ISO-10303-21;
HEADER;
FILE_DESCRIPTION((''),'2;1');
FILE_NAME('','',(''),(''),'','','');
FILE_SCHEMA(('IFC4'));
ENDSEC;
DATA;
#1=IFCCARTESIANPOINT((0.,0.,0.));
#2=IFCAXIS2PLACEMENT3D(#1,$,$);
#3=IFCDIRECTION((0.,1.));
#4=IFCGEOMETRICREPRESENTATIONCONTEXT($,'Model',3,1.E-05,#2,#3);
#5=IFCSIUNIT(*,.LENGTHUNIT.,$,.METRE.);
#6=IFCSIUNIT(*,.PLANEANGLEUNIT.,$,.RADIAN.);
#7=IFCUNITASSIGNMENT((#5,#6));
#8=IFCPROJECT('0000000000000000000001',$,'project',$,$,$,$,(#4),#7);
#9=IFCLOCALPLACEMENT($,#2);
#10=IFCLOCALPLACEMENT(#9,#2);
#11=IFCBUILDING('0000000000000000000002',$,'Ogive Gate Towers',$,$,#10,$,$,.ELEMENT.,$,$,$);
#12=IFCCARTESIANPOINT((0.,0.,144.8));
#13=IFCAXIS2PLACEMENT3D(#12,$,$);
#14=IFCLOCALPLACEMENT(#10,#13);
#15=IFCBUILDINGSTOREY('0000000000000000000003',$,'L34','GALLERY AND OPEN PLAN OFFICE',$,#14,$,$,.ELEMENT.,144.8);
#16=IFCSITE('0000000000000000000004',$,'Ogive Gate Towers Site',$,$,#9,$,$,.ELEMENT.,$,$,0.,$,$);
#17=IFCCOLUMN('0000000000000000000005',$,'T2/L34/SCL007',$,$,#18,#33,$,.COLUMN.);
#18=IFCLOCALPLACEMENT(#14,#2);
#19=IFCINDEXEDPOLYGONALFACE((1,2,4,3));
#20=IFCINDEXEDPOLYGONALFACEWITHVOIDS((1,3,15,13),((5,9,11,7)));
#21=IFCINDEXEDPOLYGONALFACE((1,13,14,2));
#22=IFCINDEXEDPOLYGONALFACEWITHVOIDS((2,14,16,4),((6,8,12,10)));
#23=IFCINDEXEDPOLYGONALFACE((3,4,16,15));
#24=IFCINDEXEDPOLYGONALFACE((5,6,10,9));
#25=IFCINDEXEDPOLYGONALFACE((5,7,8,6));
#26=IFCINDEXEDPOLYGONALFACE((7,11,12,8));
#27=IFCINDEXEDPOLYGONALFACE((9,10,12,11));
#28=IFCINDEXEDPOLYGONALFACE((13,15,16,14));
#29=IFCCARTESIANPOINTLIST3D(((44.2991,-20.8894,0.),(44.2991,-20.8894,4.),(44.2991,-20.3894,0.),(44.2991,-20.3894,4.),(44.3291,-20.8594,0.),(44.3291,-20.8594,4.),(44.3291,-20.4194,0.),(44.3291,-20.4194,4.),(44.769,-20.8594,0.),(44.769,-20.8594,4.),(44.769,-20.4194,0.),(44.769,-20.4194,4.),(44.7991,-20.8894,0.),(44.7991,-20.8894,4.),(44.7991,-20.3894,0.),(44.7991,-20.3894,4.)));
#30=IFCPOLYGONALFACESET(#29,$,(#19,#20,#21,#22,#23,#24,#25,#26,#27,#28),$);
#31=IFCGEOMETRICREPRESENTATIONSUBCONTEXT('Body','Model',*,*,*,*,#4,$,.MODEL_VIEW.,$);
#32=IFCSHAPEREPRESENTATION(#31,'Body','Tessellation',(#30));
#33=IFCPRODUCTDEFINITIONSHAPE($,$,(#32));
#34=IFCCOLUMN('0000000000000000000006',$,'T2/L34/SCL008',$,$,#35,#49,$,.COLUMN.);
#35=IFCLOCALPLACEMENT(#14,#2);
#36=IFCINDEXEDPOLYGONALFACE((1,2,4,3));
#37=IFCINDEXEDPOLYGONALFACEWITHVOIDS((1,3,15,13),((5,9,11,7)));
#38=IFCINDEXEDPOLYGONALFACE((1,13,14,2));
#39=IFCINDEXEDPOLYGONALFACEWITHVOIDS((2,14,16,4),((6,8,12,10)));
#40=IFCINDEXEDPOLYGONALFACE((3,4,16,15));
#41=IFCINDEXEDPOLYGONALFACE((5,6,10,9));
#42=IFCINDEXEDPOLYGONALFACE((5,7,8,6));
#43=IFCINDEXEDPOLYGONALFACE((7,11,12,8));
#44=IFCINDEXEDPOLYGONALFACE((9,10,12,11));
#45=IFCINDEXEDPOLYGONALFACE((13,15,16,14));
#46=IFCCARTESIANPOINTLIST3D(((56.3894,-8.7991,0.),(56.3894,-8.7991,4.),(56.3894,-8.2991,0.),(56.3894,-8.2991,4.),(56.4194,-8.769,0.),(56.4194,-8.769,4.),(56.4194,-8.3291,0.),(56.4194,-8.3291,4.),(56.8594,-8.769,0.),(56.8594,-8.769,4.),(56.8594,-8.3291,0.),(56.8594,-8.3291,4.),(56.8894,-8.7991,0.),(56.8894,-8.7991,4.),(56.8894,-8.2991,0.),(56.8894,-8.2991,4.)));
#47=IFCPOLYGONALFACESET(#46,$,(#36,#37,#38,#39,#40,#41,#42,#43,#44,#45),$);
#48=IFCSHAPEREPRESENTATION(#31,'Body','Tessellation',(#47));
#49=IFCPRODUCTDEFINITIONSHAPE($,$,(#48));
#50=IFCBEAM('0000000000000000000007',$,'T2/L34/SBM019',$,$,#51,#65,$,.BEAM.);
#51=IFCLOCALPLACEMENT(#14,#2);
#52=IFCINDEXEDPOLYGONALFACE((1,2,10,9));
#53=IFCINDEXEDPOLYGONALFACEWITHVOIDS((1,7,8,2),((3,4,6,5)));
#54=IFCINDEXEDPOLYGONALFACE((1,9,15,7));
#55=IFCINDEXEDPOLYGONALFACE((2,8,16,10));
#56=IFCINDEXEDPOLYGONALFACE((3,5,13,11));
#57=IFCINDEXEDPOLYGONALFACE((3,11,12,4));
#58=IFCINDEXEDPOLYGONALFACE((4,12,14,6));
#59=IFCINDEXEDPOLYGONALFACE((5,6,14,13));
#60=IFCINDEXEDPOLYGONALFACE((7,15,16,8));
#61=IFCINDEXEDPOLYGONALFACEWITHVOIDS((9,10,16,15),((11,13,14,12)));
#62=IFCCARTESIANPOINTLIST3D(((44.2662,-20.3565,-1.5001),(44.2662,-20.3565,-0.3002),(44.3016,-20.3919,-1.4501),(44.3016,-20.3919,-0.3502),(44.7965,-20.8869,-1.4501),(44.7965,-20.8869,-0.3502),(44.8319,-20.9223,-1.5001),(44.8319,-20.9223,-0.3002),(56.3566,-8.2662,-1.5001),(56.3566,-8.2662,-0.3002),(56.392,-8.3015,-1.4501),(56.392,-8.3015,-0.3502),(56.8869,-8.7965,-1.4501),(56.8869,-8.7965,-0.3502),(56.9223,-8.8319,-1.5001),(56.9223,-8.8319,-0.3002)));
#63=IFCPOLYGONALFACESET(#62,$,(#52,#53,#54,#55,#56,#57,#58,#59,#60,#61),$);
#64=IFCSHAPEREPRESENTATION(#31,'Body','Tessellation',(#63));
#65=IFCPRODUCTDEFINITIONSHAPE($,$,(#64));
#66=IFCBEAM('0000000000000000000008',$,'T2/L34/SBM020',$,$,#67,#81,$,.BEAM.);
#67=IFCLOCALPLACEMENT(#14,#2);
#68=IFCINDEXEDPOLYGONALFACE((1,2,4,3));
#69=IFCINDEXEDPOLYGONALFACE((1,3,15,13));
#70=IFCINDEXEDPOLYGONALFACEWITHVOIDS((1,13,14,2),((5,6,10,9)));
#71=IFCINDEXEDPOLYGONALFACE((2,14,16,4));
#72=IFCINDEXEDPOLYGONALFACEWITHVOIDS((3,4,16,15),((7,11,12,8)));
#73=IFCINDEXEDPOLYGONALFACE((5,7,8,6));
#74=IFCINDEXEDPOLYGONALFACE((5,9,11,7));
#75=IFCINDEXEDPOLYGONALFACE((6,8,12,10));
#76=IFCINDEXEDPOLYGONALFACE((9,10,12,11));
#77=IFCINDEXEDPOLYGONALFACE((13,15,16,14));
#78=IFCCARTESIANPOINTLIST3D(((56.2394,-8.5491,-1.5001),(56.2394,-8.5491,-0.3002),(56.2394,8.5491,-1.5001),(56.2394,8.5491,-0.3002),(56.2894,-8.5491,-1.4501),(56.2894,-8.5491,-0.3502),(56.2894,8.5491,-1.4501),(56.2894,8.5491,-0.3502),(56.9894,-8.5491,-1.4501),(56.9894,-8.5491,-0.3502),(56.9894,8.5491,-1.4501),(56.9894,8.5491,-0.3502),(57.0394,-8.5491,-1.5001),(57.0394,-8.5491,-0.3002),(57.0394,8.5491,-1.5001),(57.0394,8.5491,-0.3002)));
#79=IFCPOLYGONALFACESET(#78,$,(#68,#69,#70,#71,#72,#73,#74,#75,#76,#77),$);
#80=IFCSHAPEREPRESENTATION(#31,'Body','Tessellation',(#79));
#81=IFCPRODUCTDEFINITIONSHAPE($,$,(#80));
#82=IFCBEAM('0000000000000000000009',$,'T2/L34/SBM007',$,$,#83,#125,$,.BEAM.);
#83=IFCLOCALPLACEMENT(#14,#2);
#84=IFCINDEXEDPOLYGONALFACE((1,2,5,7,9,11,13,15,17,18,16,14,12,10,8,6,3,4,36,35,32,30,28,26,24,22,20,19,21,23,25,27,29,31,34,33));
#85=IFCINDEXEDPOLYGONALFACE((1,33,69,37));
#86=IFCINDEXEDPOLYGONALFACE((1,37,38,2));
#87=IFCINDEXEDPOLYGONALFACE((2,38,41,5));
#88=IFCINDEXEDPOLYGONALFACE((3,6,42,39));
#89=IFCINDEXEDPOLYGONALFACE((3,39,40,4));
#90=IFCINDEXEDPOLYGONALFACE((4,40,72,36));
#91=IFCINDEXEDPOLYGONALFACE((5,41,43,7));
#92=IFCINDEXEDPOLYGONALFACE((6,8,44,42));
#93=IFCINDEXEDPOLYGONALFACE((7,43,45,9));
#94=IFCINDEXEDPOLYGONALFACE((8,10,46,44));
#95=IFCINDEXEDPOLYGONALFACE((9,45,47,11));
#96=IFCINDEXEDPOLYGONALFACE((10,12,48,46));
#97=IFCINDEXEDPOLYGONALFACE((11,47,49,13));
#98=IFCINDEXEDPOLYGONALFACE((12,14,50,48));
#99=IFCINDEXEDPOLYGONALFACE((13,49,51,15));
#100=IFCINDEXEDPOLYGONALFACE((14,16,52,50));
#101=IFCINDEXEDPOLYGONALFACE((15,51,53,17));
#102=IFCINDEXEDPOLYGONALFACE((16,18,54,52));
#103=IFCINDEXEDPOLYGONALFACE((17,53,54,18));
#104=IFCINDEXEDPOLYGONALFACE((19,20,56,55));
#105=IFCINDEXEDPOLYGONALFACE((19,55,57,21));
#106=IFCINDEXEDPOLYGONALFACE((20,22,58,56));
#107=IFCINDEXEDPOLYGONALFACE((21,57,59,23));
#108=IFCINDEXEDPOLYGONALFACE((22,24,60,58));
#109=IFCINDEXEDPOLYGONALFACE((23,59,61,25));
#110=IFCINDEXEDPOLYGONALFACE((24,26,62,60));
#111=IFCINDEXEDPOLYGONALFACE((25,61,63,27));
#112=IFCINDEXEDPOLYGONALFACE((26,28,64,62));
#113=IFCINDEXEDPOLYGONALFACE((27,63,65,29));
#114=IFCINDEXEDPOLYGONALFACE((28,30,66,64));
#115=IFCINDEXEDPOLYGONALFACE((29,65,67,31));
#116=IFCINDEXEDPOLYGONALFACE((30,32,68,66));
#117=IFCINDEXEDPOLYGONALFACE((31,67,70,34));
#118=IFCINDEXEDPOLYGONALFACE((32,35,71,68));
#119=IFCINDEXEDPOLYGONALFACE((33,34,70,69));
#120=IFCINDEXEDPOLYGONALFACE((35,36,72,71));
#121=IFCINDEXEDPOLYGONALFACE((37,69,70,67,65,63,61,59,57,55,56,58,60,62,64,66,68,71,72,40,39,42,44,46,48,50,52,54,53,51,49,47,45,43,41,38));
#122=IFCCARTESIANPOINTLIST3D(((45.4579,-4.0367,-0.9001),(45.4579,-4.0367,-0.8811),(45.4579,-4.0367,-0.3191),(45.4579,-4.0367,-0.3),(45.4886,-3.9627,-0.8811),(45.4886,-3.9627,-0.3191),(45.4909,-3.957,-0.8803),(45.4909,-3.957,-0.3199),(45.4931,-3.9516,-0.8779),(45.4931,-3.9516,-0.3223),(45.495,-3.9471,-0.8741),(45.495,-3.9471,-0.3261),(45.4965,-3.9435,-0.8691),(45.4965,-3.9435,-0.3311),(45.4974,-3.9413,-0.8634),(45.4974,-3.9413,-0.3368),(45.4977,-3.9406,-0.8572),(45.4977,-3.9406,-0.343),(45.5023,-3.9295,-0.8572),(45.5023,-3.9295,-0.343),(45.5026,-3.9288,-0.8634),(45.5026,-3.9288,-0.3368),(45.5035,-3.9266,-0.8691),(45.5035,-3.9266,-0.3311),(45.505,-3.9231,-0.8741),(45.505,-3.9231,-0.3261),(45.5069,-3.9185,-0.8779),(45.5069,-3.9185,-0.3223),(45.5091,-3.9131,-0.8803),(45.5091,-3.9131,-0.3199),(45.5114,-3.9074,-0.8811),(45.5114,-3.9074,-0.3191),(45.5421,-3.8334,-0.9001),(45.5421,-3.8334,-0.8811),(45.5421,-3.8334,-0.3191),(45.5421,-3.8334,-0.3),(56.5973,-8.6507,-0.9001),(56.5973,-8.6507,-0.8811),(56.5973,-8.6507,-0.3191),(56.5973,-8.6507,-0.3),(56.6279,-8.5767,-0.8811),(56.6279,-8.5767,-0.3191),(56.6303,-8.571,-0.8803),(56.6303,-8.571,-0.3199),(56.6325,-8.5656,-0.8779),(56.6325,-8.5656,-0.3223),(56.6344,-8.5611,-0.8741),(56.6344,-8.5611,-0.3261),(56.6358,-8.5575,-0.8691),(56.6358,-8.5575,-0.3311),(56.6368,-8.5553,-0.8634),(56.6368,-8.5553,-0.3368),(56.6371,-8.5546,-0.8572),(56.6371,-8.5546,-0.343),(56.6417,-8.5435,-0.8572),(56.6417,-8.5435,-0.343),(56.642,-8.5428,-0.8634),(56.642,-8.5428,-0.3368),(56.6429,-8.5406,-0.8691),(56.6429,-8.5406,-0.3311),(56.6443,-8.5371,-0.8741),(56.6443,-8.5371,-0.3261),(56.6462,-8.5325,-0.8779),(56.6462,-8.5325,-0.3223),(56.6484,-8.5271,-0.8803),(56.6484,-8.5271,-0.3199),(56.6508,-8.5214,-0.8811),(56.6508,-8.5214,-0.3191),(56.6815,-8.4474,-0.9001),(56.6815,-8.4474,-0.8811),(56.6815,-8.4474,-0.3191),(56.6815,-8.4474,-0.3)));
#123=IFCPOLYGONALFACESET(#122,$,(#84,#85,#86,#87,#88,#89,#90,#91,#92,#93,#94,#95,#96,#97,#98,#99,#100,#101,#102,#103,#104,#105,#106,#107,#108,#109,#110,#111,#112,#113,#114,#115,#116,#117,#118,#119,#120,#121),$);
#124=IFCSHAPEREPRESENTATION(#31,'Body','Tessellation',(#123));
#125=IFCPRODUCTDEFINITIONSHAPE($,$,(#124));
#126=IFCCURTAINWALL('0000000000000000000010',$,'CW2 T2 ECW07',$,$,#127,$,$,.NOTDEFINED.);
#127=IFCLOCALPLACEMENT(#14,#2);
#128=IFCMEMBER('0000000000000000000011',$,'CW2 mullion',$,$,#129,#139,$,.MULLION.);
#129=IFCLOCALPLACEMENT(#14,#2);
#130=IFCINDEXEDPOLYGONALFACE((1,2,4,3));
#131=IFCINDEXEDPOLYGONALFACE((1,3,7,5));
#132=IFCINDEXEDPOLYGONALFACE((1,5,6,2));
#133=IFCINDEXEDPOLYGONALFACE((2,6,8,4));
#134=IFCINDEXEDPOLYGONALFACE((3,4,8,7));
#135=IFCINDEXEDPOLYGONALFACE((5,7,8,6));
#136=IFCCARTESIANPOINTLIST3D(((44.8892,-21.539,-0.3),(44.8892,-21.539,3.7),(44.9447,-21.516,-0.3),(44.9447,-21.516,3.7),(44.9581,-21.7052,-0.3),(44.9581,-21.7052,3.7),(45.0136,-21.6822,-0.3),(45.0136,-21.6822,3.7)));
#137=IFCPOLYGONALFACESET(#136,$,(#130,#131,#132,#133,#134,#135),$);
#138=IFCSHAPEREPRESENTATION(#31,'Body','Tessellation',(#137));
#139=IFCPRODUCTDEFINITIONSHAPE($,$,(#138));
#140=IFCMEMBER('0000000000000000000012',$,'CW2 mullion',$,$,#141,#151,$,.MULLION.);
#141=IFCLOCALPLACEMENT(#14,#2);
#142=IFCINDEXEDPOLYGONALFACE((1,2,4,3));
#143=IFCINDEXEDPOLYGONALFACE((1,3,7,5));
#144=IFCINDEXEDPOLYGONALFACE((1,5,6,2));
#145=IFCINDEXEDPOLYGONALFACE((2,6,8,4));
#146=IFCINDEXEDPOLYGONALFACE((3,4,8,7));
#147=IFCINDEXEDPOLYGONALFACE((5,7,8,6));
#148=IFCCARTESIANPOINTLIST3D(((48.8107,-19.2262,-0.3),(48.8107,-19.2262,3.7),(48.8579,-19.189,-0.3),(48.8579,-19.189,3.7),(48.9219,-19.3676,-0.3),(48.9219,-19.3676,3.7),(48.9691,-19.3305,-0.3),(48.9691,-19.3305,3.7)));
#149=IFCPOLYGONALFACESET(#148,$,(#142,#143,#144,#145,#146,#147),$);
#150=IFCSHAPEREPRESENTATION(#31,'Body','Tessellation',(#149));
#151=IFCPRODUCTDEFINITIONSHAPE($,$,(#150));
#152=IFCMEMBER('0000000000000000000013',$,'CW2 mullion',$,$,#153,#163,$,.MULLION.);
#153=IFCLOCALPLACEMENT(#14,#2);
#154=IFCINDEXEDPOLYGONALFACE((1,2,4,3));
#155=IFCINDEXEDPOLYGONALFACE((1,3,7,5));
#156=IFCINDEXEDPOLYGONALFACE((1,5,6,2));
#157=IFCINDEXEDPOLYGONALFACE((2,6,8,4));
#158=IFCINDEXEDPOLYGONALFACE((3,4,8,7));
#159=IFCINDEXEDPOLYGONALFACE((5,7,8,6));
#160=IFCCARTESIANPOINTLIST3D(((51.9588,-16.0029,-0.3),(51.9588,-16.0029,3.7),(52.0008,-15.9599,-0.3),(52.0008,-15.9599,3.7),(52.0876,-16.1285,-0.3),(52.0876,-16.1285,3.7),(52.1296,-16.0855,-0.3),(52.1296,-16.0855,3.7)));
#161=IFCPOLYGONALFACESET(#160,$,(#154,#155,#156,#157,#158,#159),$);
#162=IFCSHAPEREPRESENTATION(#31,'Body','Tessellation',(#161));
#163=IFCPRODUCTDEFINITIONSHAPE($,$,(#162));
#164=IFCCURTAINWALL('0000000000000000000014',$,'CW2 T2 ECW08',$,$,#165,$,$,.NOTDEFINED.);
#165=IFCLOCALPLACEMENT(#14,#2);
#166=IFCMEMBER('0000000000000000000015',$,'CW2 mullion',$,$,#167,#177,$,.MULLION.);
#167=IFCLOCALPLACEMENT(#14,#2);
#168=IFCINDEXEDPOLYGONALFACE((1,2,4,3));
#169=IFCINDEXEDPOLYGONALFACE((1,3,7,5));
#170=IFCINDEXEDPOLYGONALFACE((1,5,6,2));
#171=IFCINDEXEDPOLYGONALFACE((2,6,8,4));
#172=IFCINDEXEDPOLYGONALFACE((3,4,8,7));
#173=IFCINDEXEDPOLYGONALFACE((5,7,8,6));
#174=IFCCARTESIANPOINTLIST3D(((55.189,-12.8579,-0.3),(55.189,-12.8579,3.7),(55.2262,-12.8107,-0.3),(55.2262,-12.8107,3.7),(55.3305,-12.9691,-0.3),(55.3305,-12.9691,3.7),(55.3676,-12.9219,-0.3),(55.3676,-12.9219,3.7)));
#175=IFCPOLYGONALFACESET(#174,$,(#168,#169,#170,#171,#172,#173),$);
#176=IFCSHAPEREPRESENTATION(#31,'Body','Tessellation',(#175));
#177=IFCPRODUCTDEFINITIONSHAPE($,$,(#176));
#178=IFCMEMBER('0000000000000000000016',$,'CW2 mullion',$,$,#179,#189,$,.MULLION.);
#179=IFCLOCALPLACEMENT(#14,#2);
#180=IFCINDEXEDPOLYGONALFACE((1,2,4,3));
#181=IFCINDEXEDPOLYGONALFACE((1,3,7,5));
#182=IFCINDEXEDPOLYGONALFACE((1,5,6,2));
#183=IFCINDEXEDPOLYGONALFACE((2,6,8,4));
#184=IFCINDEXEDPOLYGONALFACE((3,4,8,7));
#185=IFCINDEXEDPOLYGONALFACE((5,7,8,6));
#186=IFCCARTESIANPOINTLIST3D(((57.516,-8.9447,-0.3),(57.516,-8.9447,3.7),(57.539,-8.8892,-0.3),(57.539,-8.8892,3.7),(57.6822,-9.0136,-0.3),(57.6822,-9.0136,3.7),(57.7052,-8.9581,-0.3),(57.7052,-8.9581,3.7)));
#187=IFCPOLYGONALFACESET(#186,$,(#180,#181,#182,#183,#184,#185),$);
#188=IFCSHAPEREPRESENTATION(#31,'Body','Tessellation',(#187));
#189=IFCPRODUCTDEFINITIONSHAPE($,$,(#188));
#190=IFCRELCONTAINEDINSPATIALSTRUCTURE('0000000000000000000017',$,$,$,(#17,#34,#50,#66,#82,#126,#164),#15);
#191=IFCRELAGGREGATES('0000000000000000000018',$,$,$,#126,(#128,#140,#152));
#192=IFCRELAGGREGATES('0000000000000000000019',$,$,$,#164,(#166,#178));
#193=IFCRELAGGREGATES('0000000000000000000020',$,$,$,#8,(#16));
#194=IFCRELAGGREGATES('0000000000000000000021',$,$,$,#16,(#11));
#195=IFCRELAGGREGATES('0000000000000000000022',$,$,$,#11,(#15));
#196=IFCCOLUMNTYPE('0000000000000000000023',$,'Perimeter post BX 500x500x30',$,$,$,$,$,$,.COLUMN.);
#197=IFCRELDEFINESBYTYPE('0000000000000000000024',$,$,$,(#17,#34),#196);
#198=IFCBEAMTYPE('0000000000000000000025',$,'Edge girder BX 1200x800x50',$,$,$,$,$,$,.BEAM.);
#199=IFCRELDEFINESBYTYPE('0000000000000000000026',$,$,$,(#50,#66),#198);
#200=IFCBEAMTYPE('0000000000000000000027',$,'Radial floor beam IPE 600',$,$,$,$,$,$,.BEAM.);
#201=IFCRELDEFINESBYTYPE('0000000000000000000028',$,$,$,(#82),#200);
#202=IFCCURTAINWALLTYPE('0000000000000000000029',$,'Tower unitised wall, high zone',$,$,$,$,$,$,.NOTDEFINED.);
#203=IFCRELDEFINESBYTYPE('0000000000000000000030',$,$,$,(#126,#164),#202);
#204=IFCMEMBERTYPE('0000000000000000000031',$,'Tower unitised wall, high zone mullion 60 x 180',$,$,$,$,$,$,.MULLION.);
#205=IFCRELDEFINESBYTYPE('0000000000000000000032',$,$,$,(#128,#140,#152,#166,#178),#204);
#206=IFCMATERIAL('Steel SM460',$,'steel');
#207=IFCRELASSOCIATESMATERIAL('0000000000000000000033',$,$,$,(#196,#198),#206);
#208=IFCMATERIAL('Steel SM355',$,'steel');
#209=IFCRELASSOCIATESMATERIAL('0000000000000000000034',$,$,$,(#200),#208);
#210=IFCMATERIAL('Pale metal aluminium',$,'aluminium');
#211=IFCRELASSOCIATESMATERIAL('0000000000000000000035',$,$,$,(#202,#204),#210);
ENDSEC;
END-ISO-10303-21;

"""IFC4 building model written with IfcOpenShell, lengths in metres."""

from ifc_helpers import new_model, si_unit, direction, frame, origin, origin_2d, place, context, subcontext, project, spatial, rectangle, hollow_rectangle, i_section, extrude, material, material_profile, profile_set, type_object, element, aggregate, save


model = new_model("IFC4")

# Units and contexts
model_context = context("Model", 3, precision=1e-05, world=origin(), true_north=direction((0.0, 1.0)))
body_context = subcontext(model_context, "Body", "Model", "MODEL_VIEW")
ifc_project = project(units=[si_unit("LENGTHUNIT", "METRE"), si_unit("PLANEANGLEUNIT", "RADIAN")], contexts=[model_context])

# Site, building, storey
site_placement = place(None, origin())
site = spatial("IfcSite", under=ifc_project, at=site_placement, Name="Ogive Gate Towers Site", CompositionType="ELEMENT", RefElevation=0.0)
building_placement = place(site_placement, origin())
building = spatial("IfcBuilding", under=site, at=building_placement, Name="Ogive Gate Towers", CompositionType="ELEMENT")
storey_placement = place(building_placement, frame((0.0, 0.0, 144.8)))
storey = spatial("IfcBuildingStorey", under=building, at=storey_placement, Name="L34", Description="GALLERY AND OPEN PLAN OFFICE", CompositionType="ELEMENT", Elevation=144.8)

# Columns
ifc_material_1 = material(Name="Steel SM460", Category="steel")
ifc_material_profile_1 = material_profile(ifc_material_1, hollow_rectangle(XDim=0.5, YDim=0.5, WallThickness=0.03, at=origin_2d()), Name="BX 500x500x30")
ifc_profile_set_1 = profile_set([ifc_material_profile_1], Name="Steel SM460")
column_type = type_object("IfcColumnType", Name="Perimeter post BX 500x500x30", PredefinedType="COLUMN", material=ifc_profile_set_1)
for number, where, z_axis, x_axis, name in (
    (1, (44.5491, -20.6394, 0.0), (0.0, 0.0, 1.0), (1.0, 0.0, 0.0), "T2/L34/SCL007"),
    (2, (56.6394, -8.5491, 0.0), (0.0, 0.0, 1.0), (1.0, 0.0, 0.0), "T2/L34/SCL008"),
):
    element("IfcColumn", number, at=place(storey_placement, frame(where, z_axis=z_axis, x_axis=x_axis)), inside=storey, type_object=column_type, Name=name, PredefinedType="COLUMN", context=body_context, shape_type="SweptSolid", body=[
        extrude(hollow_rectangle(XDim=0.5, YDim=0.5, WallThickness=0.03, at=origin_2d()), origin(), (0.0, 0.0, 1.0), 4.0),
    ])

# Beams
ifc_material_profile_2 = material_profile(ifc_material_1, hollow_rectangle(XDim=0.8, YDim=1.2, WallThickness=0.05, at=origin_2d()), Name="BX 1200x800x50")
ifc_profile_set_2 = profile_set([ifc_material_profile_2], Name="Steel SM460")
beam_type_1 = type_object("IfcBeamType", Name="Edge girder BX 1200x800x50", PredefinedType="BEAM", material=ifc_profile_set_2)
beam_1_placement = place(storey_placement, frame((44.5491, -20.6394, -0.9001), z_axis=(0.707107, 0.707107, 0.0), x_axis=(-0.707107, 0.707107, 0.0)))
element("IfcBeam", 3, at=beam_1_placement, inside=storey, type_object=beam_type_1, Name="T2/L34/SBM019", PredefinedType="BEAM", context=body_context, shape_type="SweptSolid", body=[
    extrude(hollow_rectangle(XDim=0.8, YDim=1.2, WallThickness=0.05, at=origin_2d()), origin(), (0.0, 0.0, 1.0), 17.0984),
])
beam_2_placement = place(storey_placement, frame((56.6394, -8.5491, -0.9001), z_axis=(0.0, 1.0, 0.0), x_axis=(-1.0, 0.0, 0.0)))
element("IfcBeam", 4, at=beam_2_placement, inside=storey, type_object=beam_type_1, Name="T2/L34/SBM020", PredefinedType="BEAM", context=body_context, shape_type="SweptSolid", body=[
    extrude(hollow_rectangle(XDim=0.8, YDim=1.2, WallThickness=0.05, at=origin_2d()), origin(), (0.0, 0.0, 1.0), 17.0981),
])
ifc_material_2 = material(Name="Steel SM355", Category="steel")
ifc_material_profile_3 = material_profile(ifc_material_2, i_section(OverallWidth=0.22, OverallDepth=0.6001, WebThickness=0.012, FlangeThickness=0.019, FilletRadius=0.0239, at=origin_2d()), Name="IPE 600")
ifc_profile_set_3 = profile_set([ifc_material_profile_3], Name="Steel SM355")
beam_type_2 = type_object("IfcBeamType", Name="Radial floor beam IPE 600", PredefinedType="BEAM", material=ifc_profile_set_3)
beam_3_placement = place(storey_placement, frame((45.5, -3.9351, -0.6001), z_axis=(0.923882, -0.382678, 0.0), x_axis=(0.382678, 0.923882, 0.0)))
element("IfcBeam", 5, at=beam_3_placement, inside=storey, type_object=beam_type_2, Name="T2/L34/SBM007", PredefinedType="BEAM", context=body_context, shape_type="SweptSolid", body=[
    extrude(i_section(OverallWidth=0.22, OverallDepth=0.6001, WebThickness=0.012, FlangeThickness=0.019, FilletRadius=0.0239, at=origin_2d()), origin(), (0.0, 0.0, 1.0), 12.0571),
])

# Curtain walls, members
ifc_material_3 = material(Name="Pale metal aluminium", Category="aluminium")
curtain_wall_type = type_object("IfcCurtainWallType", Name="Tower unitised wall, high zone", PredefinedType="NOTDEFINED", material=ifc_material_3)
curtain_wall_1_placement = place(storey_placement, origin())
curtain_wall_1 = element("IfcCurtainWall", 6, at=curtain_wall_1_placement, inside=storey, type_object=curtain_wall_type, Name="CW2 T2 ECW07", PredefinedType="NOTDEFINED")
ifc_material_profile_4 = material_profile(ifc_material_3, rectangle(XDim=0.1799, YDim=0.0601, at=origin_2d()), Name="60 x 180 aluminium box")
ifc_profile_set_4 = profile_set([ifc_material_profile_4], Name="Pale metal aluminium")
member_type_1 = type_object("IfcMemberType", Name="Tower unitised wall, high zone mullion 60 x 180", PredefinedType="MULLION", material=ifc_profile_set_4)
member_1_placement = place(storey_placement, frame((44.9514, -21.6106, -0.3), z_axis=(0.0, 0.0, 1.0), x_axis=(0.382683, -0.92388, 0.0)))
member_1 = element("IfcMember", 7, at=member_1_placement, type_object=member_type_1, Name="CW2 mullion", PredefinedType="MULLION", context=body_context, shape_type="SweptSolid", body=[
    extrude(rectangle(XDim=0.1799, YDim=0.0601, at=origin_2d()), origin(), (0.0, 0.0, 1.0), 4.0),
])
member_2_placement = place(storey_placement, frame((48.8899, -19.2783, -0.3), z_axis=(0.0, 0.0, 1.0), x_axis=(0.618038, -0.786148, 0.0)))
member_2 = element("IfcMember", 8, at=member_2_placement, type_object=member_type_1, Name="CW2 mullion", PredefinedType="MULLION", context=body_context, shape_type="SweptSolid", body=[
    extrude(rectangle(XDim=0.1799, YDim=0.0601, at=origin_2d()), origin(), (0.0, 0.0, 1.0), 4.0),
])
member_3_placement = place(storey_placement, frame((52.0442, -16.0442, -0.3), z_axis=(0.0, 0.0, 1.0), x_axis=(0.715863, -0.69824, 0.0)))
member_3 = element("IfcMember", 9, at=member_3_placement, type_object=member_type_1, Name="CW2 mullion", PredefinedType="MULLION", context=body_context, shape_type="SweptSolid", body=[
    extrude(rectangle(XDim=0.1799, YDim=0.0601, at=origin_2d()), origin(), (0.0, 0.0, 1.0), 4.0),
])
curtain_wall_2_placement = place(storey_placement, origin())
curtain_wall_2 = element("IfcCurtainWall", 10, at=curtain_wall_2_placement, inside=storey, type_object=curtain_wall_type, Name="CW2 T2 ECW08", PredefinedType="NOTDEFINED")
member_4_placement = place(storey_placement, frame((55.2783, -12.8899, -0.3), z_axis=(0.0, 0.0, 1.0), x_axis=(0.786148, -0.618038, 0.0)))
member_4 = element("IfcMember", 11, at=member_4_placement, type_object=member_type_1, Name="CW2 mullion", PredefinedType="MULLION", context=body_context, shape_type="SweptSolid", body=[
    extrude(rectangle(XDim=0.1799, YDim=0.0601, at=origin_2d()), origin(), (0.0, 0.0, 1.0), 4.0),
])
member_5_placement = place(storey_placement, frame((57.6106, -8.9514, -0.3), z_axis=(0.0, 0.0, 1.0), x_axis=(0.92388, -0.382683, 0.0)))
member_5 = element("IfcMember", 12, at=member_5_placement, type_object=member_type_1, Name="CW2 mullion", PredefinedType="MULLION", context=body_context, shape_type="SweptSolid", body=[
    extrude(rectangle(XDim=0.1799, YDim=0.0601, at=origin_2d()), origin(), (0.0, 0.0, 1.0), 4.0),
])

aggregate(curtain_wall_1, [member_1, member_2, member_3])
aggregate(curtain_wall_2, [member_4, member_5])

save(model, "model.ifc")
